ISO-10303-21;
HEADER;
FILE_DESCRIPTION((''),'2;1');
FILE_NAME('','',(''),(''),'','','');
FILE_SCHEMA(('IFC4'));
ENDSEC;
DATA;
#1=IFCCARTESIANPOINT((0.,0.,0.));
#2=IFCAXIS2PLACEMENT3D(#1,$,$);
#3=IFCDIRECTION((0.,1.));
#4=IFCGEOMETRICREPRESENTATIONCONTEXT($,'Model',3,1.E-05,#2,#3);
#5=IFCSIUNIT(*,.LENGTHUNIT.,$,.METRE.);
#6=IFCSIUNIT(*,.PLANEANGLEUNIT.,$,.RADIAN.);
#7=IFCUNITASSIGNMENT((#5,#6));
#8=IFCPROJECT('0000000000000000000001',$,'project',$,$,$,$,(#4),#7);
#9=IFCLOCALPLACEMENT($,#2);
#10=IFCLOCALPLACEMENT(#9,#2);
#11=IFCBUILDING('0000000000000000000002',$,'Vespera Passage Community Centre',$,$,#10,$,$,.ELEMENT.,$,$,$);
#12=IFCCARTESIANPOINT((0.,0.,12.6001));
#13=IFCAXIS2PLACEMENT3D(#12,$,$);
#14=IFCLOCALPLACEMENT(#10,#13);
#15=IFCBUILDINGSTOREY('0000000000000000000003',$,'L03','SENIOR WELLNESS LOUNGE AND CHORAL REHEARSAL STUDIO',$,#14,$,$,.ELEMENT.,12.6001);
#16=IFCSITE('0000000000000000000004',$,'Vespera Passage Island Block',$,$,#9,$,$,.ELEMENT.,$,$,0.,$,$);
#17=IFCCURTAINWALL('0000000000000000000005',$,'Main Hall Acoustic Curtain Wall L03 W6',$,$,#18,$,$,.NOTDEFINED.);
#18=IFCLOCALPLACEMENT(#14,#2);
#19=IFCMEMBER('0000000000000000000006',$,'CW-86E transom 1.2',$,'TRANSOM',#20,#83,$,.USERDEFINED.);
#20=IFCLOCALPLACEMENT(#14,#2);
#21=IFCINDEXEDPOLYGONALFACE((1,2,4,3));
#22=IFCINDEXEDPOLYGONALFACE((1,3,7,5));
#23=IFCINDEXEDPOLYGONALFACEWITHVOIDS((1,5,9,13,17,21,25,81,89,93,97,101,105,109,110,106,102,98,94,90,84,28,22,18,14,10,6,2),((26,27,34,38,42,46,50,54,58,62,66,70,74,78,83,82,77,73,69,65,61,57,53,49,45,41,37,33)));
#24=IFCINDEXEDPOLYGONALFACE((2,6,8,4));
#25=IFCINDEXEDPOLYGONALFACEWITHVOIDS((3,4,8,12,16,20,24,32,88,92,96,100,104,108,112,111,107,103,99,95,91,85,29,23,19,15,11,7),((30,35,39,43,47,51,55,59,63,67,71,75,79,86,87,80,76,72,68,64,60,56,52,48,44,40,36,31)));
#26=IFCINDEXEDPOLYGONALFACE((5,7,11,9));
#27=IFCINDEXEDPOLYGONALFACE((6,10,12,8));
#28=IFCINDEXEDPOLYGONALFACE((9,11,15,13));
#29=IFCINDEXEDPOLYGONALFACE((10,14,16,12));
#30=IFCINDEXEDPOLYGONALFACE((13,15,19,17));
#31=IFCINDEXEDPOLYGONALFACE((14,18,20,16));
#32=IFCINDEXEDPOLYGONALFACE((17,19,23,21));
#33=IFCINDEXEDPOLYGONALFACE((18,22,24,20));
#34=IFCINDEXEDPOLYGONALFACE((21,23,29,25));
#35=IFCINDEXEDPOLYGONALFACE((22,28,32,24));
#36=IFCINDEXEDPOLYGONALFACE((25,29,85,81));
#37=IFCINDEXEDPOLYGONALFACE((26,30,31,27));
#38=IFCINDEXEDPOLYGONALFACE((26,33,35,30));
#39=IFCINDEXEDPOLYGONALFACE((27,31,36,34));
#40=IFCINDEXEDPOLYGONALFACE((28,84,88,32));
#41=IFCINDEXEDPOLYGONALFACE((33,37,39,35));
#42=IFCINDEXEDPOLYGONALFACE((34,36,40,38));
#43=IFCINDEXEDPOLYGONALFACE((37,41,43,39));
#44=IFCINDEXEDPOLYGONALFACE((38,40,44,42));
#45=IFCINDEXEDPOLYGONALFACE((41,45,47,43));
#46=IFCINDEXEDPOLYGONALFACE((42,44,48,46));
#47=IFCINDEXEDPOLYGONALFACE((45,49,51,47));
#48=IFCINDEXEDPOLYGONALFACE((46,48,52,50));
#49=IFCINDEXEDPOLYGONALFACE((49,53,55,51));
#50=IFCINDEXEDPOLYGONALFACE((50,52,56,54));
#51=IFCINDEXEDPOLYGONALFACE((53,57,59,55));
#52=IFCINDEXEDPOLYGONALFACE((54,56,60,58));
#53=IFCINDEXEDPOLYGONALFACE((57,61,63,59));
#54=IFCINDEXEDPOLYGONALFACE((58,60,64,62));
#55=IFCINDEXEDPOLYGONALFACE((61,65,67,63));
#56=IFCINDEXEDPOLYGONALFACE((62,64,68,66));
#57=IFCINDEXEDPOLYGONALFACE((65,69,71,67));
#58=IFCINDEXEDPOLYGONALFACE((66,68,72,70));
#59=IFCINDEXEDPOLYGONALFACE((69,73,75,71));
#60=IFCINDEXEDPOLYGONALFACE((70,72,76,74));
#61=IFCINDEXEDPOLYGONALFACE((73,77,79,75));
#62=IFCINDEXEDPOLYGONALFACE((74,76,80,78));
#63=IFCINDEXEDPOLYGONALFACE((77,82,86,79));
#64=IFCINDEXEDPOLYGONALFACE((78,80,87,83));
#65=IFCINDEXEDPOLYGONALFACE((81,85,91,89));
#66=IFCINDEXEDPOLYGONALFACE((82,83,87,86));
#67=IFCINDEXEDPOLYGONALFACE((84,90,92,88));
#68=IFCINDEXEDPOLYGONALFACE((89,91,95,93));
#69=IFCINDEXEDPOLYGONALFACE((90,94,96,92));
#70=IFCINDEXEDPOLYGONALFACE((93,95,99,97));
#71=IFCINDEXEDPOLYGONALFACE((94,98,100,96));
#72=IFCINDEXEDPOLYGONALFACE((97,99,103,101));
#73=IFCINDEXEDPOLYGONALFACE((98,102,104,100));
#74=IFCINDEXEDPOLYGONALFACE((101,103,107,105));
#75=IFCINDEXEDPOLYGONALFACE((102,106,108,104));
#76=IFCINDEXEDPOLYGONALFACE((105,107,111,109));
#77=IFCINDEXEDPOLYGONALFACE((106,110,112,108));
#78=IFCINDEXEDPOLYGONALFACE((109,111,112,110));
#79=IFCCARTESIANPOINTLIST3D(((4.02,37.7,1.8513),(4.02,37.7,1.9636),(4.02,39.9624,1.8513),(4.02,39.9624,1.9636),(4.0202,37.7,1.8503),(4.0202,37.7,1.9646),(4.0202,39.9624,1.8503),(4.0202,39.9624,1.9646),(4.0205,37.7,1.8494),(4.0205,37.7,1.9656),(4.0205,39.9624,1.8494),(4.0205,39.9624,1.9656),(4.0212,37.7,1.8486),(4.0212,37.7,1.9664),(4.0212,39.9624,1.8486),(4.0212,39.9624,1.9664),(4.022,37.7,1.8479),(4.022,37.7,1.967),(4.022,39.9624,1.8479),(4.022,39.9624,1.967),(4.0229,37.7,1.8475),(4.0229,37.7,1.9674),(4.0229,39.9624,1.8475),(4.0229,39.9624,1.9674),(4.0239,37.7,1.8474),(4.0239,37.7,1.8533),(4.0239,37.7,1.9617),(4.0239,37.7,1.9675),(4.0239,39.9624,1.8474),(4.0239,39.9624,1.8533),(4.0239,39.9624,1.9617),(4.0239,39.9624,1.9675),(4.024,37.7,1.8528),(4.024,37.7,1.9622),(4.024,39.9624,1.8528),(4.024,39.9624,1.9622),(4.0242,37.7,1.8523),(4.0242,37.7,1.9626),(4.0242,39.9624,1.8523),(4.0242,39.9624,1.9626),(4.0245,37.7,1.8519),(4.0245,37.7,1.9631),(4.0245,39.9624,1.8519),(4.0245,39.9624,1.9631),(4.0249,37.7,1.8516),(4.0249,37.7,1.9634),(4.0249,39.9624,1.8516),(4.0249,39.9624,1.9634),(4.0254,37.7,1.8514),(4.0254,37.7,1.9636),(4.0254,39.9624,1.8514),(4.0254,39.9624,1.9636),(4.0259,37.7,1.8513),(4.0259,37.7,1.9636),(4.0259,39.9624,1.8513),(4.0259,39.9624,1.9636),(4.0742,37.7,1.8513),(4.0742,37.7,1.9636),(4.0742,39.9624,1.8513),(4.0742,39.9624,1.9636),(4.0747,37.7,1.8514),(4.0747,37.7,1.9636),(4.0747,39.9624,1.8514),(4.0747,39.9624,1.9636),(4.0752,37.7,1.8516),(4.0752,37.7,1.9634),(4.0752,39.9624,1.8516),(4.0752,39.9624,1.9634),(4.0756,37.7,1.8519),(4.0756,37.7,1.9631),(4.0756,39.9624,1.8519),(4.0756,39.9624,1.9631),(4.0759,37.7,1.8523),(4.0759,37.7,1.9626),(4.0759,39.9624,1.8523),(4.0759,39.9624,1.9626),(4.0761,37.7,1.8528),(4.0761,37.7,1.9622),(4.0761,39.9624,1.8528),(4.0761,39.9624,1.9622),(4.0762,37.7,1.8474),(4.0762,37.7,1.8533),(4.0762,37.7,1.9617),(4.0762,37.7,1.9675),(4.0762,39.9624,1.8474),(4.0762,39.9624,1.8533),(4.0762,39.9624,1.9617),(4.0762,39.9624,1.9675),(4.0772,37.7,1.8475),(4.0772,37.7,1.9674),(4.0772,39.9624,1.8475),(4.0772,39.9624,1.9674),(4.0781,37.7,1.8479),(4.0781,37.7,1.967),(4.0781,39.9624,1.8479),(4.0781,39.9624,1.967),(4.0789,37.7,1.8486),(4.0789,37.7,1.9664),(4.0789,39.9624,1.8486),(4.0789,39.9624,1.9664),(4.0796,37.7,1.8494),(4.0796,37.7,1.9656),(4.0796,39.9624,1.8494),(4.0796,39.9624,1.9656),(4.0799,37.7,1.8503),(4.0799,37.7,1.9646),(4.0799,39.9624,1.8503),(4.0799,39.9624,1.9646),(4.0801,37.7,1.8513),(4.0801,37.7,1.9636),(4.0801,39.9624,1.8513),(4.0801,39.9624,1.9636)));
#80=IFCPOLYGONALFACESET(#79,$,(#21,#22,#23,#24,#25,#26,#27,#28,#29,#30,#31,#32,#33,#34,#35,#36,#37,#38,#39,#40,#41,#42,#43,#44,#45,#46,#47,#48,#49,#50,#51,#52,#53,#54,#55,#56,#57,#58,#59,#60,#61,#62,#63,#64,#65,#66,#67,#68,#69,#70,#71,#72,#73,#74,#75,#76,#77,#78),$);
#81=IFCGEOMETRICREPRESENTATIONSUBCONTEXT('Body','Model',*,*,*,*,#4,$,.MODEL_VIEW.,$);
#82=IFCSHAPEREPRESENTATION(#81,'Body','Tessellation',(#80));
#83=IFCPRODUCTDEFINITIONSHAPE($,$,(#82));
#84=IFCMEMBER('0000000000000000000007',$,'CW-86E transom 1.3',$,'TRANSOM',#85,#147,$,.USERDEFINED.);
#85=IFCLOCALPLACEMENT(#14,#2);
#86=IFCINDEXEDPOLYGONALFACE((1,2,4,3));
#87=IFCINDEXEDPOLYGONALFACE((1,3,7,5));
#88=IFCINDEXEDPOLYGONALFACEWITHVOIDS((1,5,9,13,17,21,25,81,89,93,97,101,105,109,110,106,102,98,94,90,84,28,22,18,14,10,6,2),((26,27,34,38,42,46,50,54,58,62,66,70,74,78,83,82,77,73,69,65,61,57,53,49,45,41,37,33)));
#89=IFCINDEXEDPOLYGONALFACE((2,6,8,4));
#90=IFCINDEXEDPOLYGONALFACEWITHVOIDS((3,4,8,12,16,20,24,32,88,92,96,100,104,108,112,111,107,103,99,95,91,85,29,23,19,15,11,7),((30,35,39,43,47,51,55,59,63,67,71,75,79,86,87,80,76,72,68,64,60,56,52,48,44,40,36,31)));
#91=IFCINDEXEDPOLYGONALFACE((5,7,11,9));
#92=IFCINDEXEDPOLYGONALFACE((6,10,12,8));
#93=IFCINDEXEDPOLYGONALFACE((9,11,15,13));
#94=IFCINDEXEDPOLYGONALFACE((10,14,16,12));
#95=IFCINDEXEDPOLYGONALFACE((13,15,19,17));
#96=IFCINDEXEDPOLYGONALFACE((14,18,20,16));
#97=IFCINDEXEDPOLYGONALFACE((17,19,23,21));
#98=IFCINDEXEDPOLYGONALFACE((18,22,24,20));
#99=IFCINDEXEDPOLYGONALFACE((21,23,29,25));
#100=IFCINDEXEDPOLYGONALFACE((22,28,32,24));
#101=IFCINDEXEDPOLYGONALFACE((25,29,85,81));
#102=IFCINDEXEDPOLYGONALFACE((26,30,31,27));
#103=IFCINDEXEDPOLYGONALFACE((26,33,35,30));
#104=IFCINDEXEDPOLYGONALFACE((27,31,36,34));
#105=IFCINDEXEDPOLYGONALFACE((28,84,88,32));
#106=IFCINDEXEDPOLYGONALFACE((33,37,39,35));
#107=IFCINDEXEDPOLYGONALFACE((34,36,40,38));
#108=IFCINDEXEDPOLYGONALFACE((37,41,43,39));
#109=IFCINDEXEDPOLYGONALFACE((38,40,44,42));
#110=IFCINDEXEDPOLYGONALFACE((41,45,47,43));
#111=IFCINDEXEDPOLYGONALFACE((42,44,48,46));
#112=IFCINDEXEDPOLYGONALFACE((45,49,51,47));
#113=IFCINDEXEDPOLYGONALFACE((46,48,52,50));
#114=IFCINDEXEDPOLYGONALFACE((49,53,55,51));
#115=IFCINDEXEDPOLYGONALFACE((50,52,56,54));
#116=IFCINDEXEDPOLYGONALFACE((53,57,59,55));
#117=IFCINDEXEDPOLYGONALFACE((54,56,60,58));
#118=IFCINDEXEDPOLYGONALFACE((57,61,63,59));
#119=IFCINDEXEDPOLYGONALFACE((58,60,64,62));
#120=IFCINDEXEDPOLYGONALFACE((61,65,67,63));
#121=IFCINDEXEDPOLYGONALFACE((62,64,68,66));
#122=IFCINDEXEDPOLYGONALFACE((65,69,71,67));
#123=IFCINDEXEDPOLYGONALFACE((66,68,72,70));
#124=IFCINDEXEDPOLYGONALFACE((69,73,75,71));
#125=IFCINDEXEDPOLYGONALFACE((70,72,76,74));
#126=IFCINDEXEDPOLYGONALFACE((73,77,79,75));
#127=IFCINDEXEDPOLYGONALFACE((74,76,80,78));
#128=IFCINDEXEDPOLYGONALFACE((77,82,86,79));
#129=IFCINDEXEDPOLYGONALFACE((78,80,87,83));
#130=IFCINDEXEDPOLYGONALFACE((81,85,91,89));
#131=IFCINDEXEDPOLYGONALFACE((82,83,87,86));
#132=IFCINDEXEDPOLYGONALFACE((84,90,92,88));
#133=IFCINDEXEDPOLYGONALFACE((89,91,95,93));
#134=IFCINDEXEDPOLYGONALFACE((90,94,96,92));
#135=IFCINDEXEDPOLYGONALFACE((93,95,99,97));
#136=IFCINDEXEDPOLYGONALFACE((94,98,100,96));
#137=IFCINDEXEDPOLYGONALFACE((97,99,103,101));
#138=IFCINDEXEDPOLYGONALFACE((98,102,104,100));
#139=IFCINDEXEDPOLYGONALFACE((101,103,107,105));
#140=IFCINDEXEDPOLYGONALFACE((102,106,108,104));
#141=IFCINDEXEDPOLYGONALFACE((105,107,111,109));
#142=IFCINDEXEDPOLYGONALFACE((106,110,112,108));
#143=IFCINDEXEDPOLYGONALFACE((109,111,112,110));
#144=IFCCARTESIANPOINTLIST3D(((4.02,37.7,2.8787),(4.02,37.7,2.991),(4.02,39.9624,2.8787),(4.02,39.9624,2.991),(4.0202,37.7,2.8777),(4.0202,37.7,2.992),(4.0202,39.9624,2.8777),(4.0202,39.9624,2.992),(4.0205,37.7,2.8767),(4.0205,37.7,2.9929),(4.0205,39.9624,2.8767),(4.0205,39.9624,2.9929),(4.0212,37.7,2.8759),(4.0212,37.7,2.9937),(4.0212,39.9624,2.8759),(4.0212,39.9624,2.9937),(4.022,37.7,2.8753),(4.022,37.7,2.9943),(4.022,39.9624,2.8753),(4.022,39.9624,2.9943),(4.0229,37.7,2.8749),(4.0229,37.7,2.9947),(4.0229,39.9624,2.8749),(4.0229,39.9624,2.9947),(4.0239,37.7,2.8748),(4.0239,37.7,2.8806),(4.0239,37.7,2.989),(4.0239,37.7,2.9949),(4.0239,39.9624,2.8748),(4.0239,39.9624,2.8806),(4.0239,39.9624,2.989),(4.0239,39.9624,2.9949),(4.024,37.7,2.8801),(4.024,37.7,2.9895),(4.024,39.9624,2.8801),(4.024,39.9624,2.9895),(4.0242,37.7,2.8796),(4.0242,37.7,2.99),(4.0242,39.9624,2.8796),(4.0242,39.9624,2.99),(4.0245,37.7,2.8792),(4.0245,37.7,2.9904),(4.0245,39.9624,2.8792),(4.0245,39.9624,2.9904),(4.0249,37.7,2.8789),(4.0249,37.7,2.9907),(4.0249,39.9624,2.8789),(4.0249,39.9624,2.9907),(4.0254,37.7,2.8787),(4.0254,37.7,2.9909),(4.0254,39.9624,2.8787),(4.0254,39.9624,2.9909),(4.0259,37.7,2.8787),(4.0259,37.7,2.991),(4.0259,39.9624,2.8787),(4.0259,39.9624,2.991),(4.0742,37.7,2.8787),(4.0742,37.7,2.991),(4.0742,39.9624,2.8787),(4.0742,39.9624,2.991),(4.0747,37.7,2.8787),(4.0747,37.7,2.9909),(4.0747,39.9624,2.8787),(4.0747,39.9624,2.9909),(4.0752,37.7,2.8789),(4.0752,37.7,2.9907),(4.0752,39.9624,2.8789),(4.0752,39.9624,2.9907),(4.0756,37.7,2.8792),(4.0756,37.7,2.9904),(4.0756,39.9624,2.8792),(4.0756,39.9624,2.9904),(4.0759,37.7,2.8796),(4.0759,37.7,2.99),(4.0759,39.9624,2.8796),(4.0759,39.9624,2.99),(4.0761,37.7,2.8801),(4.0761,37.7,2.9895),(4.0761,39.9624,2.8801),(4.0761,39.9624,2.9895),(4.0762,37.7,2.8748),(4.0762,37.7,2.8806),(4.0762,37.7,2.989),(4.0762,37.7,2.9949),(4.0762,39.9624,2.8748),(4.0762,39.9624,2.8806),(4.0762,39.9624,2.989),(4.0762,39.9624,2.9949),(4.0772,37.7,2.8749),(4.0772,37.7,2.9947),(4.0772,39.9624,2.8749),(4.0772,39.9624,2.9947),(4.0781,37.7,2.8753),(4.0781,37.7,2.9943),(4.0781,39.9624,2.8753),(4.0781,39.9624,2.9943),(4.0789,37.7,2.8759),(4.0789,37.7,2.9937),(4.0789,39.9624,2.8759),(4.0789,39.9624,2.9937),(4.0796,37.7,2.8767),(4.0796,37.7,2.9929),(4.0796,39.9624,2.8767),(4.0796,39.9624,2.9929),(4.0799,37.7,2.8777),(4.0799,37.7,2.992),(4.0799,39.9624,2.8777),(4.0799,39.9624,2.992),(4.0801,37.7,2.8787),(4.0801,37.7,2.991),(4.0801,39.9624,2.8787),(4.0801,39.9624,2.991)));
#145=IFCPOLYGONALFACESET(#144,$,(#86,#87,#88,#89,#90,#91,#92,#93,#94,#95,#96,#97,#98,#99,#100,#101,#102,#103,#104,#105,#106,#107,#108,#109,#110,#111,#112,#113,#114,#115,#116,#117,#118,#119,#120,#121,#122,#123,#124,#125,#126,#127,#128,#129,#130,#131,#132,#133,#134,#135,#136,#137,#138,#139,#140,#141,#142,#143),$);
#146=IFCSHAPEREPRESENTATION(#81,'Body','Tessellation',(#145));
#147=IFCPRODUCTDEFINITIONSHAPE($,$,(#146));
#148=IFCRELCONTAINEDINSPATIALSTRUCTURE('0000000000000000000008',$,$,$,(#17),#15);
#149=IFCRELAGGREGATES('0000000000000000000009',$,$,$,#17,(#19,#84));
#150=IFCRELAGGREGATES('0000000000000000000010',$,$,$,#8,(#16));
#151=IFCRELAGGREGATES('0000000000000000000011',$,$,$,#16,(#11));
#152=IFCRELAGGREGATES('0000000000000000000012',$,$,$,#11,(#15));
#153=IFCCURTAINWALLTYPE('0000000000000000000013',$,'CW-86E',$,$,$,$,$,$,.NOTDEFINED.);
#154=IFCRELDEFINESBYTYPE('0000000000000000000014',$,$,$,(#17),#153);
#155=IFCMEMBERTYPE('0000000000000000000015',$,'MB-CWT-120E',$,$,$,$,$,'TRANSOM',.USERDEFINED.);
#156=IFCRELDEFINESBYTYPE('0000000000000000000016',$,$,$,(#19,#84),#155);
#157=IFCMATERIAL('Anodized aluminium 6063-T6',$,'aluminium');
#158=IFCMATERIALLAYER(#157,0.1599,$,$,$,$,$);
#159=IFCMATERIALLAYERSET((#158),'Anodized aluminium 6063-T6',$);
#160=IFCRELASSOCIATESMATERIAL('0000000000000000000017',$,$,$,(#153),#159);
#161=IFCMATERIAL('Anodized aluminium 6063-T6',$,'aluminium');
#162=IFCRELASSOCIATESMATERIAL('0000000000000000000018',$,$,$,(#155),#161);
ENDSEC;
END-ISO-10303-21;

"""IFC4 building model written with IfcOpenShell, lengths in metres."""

from ifc_helpers import new_model, si_unit, direction, frame, origin, origin_2d, place, context, subcontext, project, spatial, hollow_rectangle, extrude, material, layer, layer_set, material_profile, profile_set, type_object, element, aggregate, save


model = new_model("IFC4")

# Units and contexts
model_context = context("Model", 3, precision=1e-05, world=origin(), true_north=direction((0.0, 1.0)))
body_context = subcontext(model_context, "Body", "Model", "MODEL_VIEW")
ifc_project = project(units=[si_unit("LENGTHUNIT", "METRE"), si_unit("PLANEANGLEUNIT", "RADIAN")], contexts=[model_context])

# Site, building, storey
site_placement = place(None, origin())
site = spatial("IfcSite", under=ifc_project, at=site_placement, Name="Vespera Passage Island Block", CompositionType="ELEMENT", RefElevation=0.0)
building_placement = place(site_placement, origin())
building = spatial("IfcBuilding", under=site, at=building_placement, Name="Vespera Passage Community Centre", CompositionType="ELEMENT")
storey_placement = place(building_placement, frame((0.0, 0.0, 12.6001)))
storey = spatial("IfcBuildingStorey", under=building, at=storey_placement, Name="L03", Description="SENIOR WELLNESS LOUNGE AND CHORAL REHEARSAL STUDIO", CompositionType="ELEMENT", Elevation=12.6001)

# Curtain wall, members
ifc_material_1 = material(Name="Anodized aluminium 6063-T6", Category="aluminium")
ifc_layer_1 = layer(ifc_material_1, 0.1599)
ifc_layer_set_1 = layer_set([ifc_layer_1], Name="Anodized aluminium 6063-T6")
curtain_wall_type = type_object("IfcCurtainWallType", Name="CW-86E", PredefinedType="NOTDEFINED", material=ifc_layer_set_1)
curtain_wall_placement = place(storey_placement, origin())
curtain_wall = element("IfcCurtainWall", 1, at=curtain_wall_placement, inside=storey, type_object=curtain_wall_type, Name="Main Hall Acoustic Curtain Wall L03 W6", PredefinedType="NOTDEFINED")
ifc_material_2 = material(Name="Anodized aluminium 6063-T6", Category="aluminium")
ifc_material_profile_1 = material_profile(ifc_material_2, hollow_rectangle(XDim=0.0601, YDim=0.1201, WallThickness=0.0039, InnerFilletRadius=0.002, OuterFilletRadius=0.0039, at=origin_2d()), Name="ALU120X60X4")
ifc_profile_set_1 = profile_set([ifc_material_profile_1], Name="Anodized aluminium 6063-T6")
member_type_1 = type_object("IfcMemberType", Name="MB-CWT-120E", ElementType="TRANSOM", PredefinedType="USERDEFINED", material=ifc_profile_set_1)
member_1_placement = place(storey_placement, frame((4.05, 37.7, 1.9075), z_axis=(0.0, 1.0, 0.0), x_axis=(-1.0, 0.0, 0.0)))
member_1 = element("IfcMember", 2, at=member_1_placement, type_object=member_type_1, Name="CW-86E transom 1.2", ObjectType="TRANSOM", PredefinedType="USERDEFINED", context=body_context, shape_type="SweptSolid", body=[
    extrude(hollow_rectangle(XDim=0.0601, YDim=0.1201, WallThickness=0.0039, InnerFilletRadius=0.002, OuterFilletRadius=0.0039, at=origin_2d()), origin(), (0.0, 0.0, 1.0), 2.2625),
])
member_2_placement = place(storey_placement, frame((4.05, 37.7, 2.9348), z_axis=(0.0, 1.0, 0.0), x_axis=(-1.0, 0.0, 0.0)))
member_2 = element("IfcMember", 3, at=member_2_placement, type_object=member_type_1, Name="CW-86E transom 1.3", ObjectType="TRANSOM", PredefinedType="USERDEFINED", context=body_context, shape_type="SweptSolid", body=[
    extrude(hollow_rectangle(XDim=0.0601, YDim=0.1201, WallThickness=0.0039, InnerFilletRadius=0.002, OuterFilletRadius=0.0039, at=origin_2d()), origin(), (0.0, 0.0, 1.0), 2.2625),
])
aggregate(curtain_wall, [member_1, member_2])

save(model, "model.ifc")
